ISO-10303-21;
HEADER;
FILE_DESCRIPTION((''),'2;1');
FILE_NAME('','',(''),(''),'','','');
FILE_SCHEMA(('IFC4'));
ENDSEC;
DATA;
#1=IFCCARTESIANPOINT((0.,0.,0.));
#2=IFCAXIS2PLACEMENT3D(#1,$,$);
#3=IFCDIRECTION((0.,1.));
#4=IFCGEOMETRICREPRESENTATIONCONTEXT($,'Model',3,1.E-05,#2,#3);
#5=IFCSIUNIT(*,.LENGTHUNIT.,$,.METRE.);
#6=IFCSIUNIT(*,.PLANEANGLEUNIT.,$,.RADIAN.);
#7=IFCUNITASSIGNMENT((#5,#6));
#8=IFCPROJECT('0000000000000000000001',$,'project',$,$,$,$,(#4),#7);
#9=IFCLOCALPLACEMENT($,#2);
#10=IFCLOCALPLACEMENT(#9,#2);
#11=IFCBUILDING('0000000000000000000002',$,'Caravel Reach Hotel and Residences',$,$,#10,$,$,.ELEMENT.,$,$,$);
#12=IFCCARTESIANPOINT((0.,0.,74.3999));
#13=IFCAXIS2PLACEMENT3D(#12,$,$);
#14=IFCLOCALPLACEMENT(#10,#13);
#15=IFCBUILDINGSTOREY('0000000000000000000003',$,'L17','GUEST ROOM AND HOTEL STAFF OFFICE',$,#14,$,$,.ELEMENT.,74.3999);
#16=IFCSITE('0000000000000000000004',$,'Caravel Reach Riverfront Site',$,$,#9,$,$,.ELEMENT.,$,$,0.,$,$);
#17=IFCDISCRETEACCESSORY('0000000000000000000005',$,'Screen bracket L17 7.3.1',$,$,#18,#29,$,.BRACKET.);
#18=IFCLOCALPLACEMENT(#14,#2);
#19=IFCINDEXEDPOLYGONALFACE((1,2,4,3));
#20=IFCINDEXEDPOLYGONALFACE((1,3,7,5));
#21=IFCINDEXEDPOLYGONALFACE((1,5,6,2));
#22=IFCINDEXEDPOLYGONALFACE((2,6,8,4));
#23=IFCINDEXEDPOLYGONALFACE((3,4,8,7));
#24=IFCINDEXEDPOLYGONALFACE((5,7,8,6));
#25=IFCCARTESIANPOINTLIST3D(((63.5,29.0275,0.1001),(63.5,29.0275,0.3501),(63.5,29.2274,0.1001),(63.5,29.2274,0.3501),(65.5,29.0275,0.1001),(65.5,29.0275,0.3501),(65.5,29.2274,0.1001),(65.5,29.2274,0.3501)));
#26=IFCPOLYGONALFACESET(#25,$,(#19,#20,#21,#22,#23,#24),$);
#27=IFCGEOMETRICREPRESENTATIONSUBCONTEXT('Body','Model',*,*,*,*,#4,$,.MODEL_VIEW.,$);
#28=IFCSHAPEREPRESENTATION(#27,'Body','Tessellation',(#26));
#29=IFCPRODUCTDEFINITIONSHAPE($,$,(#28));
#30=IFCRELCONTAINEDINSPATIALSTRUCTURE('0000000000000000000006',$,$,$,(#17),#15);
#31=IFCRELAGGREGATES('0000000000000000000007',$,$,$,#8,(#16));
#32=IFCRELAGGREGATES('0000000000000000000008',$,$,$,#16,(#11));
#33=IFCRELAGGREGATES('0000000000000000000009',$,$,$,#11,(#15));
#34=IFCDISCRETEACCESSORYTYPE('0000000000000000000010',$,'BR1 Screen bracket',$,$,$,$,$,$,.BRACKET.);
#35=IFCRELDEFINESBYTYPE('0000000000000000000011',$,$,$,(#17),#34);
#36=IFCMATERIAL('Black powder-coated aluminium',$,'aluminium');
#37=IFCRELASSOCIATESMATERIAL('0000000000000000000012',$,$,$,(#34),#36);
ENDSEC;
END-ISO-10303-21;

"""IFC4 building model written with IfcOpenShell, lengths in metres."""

from ifc_helpers import new_model, si_unit, direction, frame, origin, origin_2d, place, context, subcontext, project, spatial, rectangle, extrude, material, type_object, element, save


model = new_model("IFC4")

# Units and contexts
model_context = context("Model", 3, precision=1e-05, world=origin(), true_north=direction((0.0, 1.0)))
body_context = subcontext(model_context, "Body", "Model", "MODEL_VIEW")
ifc_project = project(units=[si_unit("LENGTHUNIT", "METRE"), si_unit("PLANEANGLEUNIT", "RADIAN")], contexts=[model_context])

# Site, building, storey
site_placement = place(None, origin())
site = spatial("IfcSite", under=ifc_project, at=site_placement, Name="Caravel Reach Riverfront Site", CompositionType="ELEMENT", RefElevation=0.0)
building_placement = place(site_placement, origin())
building = spatial("IfcBuilding", under=site, at=building_placement, Name="Caravel Reach Hotel and Residences", CompositionType="ELEMENT")
storey_placement = place(building_placement, frame((0.0, 0.0, 74.3999)))
storey = spatial("IfcBuildingStorey", under=building, at=storey_placement, Name="L17", Description="GUEST ROOM AND HOTEL STAFF OFFICE", CompositionType="ELEMENT", Elevation=74.3999)

# Discrete accessory
ifc_material_1 = material(Name="Black powder-coated aluminium", Category="aluminium")
discrete_accessory_type = type_object("IfcDiscreteAccessoryType", Name="BR1 Screen bracket", PredefinedType="BRACKET", material=ifc_material_1)
discrete_accessory_placement = place(storey_placement, frame((64.5, 29.1274, 0.1001), z_axis=(0.0, 0.0, 1.0), x_axis=(1.0, 0.0, 0.0)))
element("IfcDiscreteAccessory", 1, at=discrete_accessory_placement, inside=storey, type_object=discrete_accessory_type, Name="Screen bracket L17 7.3.1", PredefinedType="BRACKET", context=body_context, shape_type="SweptSolid", body=[
    extrude(rectangle(XDim=2.0, YDim=0.2, at=origin_2d()), origin(), (0.0, 0.0, 1.0), 0.25),
])

save(model, "model.ifc")
